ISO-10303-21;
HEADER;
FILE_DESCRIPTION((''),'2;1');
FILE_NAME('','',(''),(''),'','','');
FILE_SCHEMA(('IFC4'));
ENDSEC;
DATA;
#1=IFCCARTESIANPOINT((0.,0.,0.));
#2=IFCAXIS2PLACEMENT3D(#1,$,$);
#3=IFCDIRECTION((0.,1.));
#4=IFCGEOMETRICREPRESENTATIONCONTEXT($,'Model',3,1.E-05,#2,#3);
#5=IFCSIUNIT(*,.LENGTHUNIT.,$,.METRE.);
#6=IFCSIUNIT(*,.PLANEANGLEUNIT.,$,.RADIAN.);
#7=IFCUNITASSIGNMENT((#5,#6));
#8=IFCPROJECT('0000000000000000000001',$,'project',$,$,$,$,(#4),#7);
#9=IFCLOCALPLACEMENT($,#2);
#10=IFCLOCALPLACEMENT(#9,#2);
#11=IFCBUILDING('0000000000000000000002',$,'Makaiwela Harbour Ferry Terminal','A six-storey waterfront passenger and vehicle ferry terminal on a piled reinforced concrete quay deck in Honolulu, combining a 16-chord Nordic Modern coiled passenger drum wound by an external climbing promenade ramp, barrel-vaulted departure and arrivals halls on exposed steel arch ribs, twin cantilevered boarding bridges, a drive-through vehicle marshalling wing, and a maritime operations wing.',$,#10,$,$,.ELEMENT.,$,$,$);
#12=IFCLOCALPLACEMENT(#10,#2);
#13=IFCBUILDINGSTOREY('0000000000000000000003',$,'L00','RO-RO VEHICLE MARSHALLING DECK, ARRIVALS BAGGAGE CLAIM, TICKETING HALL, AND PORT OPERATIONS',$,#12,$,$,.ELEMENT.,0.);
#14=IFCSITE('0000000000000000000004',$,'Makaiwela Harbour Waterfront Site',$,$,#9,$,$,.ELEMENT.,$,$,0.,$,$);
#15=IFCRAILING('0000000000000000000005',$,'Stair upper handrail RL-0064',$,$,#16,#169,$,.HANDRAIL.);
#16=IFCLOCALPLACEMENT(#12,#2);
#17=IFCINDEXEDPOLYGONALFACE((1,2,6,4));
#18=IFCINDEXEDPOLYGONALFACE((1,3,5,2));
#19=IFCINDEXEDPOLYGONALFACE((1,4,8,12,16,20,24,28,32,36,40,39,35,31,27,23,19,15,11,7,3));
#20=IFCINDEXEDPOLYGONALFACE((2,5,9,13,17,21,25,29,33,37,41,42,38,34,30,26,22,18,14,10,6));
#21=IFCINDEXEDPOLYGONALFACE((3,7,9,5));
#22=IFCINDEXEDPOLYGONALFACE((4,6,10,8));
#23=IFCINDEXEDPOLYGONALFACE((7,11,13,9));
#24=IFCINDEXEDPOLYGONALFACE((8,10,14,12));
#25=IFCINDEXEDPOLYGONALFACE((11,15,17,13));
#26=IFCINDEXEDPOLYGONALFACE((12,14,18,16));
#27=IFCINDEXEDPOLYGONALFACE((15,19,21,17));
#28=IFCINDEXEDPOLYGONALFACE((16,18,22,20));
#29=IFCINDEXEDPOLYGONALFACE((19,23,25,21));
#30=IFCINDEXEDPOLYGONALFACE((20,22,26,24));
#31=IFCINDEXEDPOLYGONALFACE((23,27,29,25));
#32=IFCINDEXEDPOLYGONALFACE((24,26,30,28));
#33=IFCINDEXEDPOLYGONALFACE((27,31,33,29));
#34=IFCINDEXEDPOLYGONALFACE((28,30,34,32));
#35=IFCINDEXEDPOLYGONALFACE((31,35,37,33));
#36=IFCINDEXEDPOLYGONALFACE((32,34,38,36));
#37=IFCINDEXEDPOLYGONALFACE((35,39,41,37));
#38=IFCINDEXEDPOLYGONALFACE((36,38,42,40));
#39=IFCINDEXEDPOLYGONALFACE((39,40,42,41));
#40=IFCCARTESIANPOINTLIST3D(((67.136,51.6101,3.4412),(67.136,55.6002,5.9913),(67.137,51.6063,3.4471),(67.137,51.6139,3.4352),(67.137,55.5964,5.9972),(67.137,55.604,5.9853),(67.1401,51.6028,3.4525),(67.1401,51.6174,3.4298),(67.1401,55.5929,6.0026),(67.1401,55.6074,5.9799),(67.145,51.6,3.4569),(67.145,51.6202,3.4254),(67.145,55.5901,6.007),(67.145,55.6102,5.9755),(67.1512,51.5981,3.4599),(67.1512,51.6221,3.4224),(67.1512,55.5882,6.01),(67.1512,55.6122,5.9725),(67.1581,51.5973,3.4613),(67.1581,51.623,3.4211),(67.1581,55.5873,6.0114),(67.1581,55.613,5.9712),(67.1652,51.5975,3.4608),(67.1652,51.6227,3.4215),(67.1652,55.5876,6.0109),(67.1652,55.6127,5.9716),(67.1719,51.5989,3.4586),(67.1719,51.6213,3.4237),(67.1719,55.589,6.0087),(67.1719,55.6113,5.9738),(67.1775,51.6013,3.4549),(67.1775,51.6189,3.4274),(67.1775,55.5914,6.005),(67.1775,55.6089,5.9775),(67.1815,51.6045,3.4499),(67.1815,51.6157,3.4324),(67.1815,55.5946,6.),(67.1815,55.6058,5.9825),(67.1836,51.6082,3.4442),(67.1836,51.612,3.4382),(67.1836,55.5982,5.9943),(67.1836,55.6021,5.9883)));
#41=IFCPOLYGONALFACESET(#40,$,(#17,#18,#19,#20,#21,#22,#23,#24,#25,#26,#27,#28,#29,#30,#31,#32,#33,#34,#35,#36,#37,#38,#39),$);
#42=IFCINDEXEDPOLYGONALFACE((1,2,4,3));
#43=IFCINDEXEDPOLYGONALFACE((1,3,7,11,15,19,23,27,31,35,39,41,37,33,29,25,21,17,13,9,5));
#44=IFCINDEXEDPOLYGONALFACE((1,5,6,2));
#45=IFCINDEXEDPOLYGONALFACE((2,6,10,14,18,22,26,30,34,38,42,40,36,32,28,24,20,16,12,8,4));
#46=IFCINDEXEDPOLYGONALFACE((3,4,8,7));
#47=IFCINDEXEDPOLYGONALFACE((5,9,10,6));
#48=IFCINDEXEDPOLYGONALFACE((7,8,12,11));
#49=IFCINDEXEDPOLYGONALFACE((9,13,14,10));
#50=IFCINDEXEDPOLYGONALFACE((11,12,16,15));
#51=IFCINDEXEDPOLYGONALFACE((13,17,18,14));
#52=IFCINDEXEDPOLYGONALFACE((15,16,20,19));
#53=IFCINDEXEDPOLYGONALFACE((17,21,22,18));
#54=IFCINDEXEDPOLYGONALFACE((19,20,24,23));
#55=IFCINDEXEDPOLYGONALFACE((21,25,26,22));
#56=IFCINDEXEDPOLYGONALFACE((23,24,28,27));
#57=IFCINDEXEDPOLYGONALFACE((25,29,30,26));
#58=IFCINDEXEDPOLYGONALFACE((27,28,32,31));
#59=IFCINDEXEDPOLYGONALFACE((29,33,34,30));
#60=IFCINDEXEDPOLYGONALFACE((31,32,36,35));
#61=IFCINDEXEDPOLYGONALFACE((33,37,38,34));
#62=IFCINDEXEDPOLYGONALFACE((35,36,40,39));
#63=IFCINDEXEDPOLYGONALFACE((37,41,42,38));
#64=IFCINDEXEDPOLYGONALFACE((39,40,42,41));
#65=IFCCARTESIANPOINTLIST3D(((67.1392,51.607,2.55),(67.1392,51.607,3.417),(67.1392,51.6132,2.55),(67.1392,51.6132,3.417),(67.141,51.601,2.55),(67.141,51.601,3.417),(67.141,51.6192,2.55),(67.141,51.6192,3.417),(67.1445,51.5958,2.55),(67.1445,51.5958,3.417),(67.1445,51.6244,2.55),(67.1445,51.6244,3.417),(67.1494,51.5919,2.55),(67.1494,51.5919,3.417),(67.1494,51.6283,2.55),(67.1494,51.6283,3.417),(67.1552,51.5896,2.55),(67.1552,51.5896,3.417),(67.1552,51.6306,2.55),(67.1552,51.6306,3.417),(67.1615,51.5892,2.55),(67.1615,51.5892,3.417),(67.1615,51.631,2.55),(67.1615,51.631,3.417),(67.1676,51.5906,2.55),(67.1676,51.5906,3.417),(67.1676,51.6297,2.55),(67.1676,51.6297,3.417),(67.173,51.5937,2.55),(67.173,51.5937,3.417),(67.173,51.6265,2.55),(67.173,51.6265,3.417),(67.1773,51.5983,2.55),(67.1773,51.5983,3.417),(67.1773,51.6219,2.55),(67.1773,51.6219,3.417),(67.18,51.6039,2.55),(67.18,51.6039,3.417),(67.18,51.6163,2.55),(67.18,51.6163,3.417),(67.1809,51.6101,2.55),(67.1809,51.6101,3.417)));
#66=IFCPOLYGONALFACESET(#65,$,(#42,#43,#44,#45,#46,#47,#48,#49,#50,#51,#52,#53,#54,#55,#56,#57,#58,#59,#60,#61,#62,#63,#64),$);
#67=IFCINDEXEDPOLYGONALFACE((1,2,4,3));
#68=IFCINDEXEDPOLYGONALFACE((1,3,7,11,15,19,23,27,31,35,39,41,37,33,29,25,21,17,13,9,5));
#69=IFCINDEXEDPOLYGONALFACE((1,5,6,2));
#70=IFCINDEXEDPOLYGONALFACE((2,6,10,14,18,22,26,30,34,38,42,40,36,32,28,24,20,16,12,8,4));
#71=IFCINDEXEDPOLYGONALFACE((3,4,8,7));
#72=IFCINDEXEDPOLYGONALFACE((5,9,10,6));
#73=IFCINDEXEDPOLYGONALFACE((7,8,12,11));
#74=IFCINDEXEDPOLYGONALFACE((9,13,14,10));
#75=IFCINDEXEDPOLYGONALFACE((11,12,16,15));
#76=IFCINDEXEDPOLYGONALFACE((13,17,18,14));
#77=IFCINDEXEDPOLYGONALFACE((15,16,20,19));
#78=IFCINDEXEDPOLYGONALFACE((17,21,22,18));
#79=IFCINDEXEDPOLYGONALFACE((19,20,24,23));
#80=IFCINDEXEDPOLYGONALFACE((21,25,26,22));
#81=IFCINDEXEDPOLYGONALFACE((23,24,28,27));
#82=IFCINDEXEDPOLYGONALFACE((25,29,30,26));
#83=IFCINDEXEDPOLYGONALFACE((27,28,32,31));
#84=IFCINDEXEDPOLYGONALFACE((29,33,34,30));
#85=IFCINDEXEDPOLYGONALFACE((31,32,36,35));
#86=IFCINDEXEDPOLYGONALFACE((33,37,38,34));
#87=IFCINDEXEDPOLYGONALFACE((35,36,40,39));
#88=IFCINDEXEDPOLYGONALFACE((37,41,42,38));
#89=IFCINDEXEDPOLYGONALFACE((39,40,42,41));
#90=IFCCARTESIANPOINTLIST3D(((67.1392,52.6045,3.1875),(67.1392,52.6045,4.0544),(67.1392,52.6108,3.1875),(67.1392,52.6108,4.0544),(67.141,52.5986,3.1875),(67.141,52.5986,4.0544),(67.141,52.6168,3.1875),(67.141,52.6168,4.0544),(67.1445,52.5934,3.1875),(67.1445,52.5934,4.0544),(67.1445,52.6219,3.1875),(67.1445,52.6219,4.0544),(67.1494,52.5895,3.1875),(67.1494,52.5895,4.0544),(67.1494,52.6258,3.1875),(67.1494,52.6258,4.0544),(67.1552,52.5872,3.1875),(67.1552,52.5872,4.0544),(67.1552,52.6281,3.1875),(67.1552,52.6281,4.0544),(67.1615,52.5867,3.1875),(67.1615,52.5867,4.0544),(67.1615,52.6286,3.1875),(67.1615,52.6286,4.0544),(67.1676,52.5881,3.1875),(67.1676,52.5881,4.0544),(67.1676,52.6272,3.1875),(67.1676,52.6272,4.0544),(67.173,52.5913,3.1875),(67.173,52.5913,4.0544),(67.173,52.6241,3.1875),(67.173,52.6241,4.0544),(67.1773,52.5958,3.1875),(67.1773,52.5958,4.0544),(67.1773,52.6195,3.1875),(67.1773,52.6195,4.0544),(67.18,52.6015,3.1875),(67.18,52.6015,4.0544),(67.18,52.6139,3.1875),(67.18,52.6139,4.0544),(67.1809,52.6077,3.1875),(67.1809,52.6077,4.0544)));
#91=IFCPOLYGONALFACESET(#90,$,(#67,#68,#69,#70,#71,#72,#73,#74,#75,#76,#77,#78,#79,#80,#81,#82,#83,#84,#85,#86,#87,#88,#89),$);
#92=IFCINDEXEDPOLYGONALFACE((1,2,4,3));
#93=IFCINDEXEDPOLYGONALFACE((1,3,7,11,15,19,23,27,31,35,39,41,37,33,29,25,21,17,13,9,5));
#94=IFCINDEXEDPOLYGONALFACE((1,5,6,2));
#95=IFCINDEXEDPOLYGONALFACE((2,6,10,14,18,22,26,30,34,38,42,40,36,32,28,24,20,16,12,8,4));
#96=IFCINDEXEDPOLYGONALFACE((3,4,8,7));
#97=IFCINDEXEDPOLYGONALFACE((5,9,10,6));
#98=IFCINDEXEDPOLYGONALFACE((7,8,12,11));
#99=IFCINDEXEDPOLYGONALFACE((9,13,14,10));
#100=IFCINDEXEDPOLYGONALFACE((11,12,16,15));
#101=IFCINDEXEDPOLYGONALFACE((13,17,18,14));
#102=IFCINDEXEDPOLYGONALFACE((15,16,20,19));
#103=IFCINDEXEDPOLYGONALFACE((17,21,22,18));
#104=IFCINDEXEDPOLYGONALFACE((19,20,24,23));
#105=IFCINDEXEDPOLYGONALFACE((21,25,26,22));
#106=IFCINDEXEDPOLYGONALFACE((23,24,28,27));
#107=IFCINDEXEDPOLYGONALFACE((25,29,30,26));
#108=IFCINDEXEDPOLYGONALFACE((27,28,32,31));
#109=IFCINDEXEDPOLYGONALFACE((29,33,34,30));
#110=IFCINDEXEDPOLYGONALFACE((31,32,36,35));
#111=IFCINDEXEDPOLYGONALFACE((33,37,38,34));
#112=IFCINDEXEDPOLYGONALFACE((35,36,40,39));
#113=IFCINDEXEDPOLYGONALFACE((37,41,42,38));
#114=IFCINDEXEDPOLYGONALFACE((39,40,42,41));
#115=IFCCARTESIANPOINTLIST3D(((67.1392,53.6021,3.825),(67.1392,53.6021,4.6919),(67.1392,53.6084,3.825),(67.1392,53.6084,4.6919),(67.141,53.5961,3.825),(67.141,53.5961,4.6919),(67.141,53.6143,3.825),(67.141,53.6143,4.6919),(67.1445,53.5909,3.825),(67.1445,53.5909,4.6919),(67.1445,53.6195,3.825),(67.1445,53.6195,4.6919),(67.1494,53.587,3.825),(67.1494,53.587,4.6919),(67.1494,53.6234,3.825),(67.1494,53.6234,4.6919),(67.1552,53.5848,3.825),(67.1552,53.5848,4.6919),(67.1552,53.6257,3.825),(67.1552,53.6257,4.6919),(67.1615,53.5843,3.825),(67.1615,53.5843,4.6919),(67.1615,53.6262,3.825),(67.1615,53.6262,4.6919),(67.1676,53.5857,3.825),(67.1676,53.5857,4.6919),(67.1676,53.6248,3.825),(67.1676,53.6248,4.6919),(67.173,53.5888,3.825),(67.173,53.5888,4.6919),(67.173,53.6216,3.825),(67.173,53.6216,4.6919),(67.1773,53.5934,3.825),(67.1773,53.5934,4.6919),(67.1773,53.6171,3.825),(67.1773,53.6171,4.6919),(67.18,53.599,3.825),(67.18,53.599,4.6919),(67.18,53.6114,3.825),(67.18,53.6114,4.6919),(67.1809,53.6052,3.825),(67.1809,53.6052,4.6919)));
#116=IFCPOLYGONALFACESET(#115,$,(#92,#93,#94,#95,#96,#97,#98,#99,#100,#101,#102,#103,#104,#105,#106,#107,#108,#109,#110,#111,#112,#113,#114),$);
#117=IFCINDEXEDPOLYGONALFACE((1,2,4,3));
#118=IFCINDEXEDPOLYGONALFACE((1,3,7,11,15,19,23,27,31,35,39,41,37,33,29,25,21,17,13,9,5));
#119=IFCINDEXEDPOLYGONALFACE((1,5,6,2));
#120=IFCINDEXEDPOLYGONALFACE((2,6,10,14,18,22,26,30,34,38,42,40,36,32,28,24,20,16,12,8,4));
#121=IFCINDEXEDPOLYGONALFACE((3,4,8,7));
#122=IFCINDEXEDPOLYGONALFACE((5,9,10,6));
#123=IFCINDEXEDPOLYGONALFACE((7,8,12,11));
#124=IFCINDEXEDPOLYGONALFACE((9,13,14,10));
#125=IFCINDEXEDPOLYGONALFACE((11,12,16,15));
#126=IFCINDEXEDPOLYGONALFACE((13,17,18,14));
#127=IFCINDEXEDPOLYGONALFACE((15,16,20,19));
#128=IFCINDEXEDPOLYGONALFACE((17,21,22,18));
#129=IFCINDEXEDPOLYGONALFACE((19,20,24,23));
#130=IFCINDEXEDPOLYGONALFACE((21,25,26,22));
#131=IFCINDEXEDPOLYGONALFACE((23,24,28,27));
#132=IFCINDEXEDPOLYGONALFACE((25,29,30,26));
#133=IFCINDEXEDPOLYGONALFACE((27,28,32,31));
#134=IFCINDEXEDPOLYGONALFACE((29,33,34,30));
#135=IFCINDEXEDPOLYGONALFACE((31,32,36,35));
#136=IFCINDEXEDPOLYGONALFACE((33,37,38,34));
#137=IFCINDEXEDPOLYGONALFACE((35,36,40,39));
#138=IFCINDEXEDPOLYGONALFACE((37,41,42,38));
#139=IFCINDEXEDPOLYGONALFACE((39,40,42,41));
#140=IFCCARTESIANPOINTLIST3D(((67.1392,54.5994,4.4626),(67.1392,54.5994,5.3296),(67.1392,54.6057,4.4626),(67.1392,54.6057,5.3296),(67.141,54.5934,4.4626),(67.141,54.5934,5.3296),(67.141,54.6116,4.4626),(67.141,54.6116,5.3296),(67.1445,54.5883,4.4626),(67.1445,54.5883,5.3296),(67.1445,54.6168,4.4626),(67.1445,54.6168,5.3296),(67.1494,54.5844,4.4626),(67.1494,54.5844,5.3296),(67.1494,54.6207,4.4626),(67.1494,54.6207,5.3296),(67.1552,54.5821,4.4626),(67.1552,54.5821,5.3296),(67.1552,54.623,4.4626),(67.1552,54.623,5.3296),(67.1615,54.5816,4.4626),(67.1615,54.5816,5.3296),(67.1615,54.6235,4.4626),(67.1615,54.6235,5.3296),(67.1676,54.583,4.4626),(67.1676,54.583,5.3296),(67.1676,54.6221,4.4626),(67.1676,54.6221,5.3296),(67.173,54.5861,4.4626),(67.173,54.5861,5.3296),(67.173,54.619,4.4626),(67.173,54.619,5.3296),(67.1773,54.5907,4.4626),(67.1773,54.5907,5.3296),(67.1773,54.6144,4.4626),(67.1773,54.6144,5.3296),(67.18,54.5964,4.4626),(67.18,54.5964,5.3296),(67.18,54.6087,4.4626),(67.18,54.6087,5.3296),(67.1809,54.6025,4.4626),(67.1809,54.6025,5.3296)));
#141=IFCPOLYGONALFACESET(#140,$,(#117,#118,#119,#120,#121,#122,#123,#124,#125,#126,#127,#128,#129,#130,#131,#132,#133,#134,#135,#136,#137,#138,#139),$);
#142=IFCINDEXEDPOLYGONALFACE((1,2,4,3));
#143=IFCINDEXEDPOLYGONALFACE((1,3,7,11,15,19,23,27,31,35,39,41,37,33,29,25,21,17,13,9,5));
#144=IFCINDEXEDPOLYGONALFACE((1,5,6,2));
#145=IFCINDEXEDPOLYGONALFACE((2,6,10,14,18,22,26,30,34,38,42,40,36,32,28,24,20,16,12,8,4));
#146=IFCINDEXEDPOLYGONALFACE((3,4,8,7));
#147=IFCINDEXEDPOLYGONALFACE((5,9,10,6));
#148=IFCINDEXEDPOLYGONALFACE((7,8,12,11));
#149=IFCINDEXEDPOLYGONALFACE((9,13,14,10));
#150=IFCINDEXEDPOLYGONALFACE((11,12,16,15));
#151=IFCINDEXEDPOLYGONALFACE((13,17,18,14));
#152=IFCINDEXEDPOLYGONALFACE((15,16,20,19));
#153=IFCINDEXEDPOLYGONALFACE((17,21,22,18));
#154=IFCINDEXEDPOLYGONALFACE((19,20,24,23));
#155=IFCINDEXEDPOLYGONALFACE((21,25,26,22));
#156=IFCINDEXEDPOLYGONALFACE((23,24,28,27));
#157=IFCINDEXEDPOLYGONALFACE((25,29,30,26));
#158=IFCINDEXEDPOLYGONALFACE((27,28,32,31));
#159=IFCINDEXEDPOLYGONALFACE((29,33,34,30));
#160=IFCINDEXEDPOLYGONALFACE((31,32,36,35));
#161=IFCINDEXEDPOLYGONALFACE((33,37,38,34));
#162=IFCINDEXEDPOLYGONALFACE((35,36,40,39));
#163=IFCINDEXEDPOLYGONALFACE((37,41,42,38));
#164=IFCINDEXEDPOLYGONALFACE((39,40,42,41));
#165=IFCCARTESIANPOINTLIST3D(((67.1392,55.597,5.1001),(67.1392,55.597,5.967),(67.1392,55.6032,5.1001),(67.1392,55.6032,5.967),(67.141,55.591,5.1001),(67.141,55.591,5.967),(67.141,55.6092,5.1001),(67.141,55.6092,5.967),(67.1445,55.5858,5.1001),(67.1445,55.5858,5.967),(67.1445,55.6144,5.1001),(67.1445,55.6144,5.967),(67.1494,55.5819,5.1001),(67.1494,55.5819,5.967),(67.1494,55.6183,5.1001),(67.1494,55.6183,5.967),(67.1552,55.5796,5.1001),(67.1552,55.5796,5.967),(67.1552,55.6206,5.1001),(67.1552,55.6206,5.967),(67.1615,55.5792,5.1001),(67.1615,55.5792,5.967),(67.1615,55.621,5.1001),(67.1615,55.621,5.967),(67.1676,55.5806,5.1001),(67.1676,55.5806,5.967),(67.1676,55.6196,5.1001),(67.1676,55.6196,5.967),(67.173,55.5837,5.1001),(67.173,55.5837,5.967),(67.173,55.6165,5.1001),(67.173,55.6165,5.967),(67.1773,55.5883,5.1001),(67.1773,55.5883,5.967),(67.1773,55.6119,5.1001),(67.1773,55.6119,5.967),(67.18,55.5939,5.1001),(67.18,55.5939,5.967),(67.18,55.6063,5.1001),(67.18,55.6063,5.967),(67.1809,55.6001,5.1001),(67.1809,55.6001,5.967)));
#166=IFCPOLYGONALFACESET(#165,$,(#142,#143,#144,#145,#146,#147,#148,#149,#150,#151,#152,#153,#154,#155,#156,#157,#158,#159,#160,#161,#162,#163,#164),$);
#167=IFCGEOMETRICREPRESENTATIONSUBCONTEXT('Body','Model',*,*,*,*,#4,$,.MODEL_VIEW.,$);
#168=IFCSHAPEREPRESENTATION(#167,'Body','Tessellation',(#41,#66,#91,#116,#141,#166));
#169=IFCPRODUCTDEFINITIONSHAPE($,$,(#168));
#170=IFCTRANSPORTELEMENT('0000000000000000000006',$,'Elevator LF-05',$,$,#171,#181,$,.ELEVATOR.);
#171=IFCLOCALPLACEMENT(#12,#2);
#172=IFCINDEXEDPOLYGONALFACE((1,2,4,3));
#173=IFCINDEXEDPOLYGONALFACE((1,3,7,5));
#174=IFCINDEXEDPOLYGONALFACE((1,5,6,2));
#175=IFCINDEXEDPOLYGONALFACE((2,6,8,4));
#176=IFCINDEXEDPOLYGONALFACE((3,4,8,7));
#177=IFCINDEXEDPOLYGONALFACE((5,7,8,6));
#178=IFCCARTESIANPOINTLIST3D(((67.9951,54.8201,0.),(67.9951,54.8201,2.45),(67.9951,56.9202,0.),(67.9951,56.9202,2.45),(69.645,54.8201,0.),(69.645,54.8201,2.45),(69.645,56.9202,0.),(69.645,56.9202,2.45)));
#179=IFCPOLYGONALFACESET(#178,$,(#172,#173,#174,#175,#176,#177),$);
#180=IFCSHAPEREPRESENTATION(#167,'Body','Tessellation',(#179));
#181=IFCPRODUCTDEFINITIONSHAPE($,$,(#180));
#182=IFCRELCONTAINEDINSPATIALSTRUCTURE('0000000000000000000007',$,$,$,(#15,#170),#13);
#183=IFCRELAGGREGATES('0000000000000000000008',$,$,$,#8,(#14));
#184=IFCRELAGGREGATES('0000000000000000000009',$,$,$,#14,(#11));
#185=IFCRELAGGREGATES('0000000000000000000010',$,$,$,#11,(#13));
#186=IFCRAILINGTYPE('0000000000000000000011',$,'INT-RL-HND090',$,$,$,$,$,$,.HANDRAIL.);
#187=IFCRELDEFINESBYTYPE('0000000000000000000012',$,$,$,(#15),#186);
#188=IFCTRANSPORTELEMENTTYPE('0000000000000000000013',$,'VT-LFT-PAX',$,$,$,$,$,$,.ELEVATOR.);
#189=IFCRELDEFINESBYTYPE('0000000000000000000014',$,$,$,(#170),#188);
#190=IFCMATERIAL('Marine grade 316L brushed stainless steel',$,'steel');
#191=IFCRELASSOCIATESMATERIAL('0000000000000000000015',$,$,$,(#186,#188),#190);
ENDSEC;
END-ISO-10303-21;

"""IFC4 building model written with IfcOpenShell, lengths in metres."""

from ifc_helpers import new_model, si_unit, direction, frame, origin, origin_2d, place, context, subcontext, project, spatial, rectangle, circle, extrude, material, type_object, element, save


model = new_model("IFC4")

# Units and contexts
model_context = context("Model", 3, precision=1e-05, world=origin(), true_north=direction((0.0, 1.0)))
body_context = subcontext(model_context, "Body", "Model", "MODEL_VIEW")
ifc_project = project(units=[si_unit("LENGTHUNIT", "METRE"), si_unit("PLANEANGLEUNIT", "RADIAN")], contexts=[model_context])

# Site, building, storey
site_placement = place(None, origin())
site = spatial("IfcSite", under=ifc_project, at=site_placement, Name="Makaiwela Harbour Waterfront Site", CompositionType="ELEMENT", RefElevation=0.0)
building_placement = place(site_placement, origin())
building = spatial("IfcBuilding", under=site, at=building_placement, Name="Makaiwela Harbour Ferry Terminal", Description="A six-storey waterfront passenger and vehicle ferry terminal on a piled reinforced concrete quay deck in Honolulu, combining a 16-chord Nordic Modern coiled passenger drum wound by an external climbing promenade ramp, barrel-vaulted departure and arrivals halls on exposed steel arch ribs, twin cantilevered boarding bridges, a drive-through vehicle marshalling wing, and a maritime operations wing.", CompositionType="ELEMENT")
storey_placement = place(building_placement, origin())
storey = spatial("IfcBuildingStorey", under=building, at=storey_placement, Name="L00", Description="RO-RO VEHICLE MARSHALLING DECK, ARRIVALS BAGGAGE CLAIM, TICKETING HALL, AND PORT OPERATIONS", CompositionType="ELEMENT", Elevation=0.0)

# Railing
ifc_material_1 = material(Name="Marine grade 316L brushed stainless steel", Category="steel")
railing_type_1 = type_object("IfcRailingType", Name="INT-RL-HND090", PredefinedType="HANDRAIL", material=ifc_material_1)
railing_1_placement = place(storey_placement, frame((67.1599, 51.6101, 2.55)))
element("IfcRailing", 1, at=railing_1_placement, inside=storey, type_object=railing_type_1, Name="Stair upper handrail RL-0064", PredefinedType="HANDRAIL", context=body_context, shape_type="SweptSolid", body=[
    extrude(circle(Radius=0.0239, at=origin_2d()), frame((0.0, 0.0, 0.8911), z_axis=(0.0, 0.842611, 0.538523), x_axis=(-1.0, 0.0, 0.0)), (0.0, 0.0, 1.0), 4.7354),
    extrude(circle(Radius=0.021, at=origin_2d()), origin(), (0.0, 0.0, 1.0), 0.8669),
    extrude(circle(Radius=0.021, at=origin_2d()), frame((0.0, 0.9976, 0.6375)), (0.0, 0.0, 1.0), 0.8669),
    extrude(circle(Radius=0.021, at=origin_2d()), frame((0.0, 1.9951, 1.2749)), (0.0, 0.0, 1.0), 0.8669),
    extrude(circle(Radius=0.021, at=origin_2d()), frame((0.0, 2.9924, 1.9126)), (0.0, 0.0, 1.0), 0.8669),
    extrude(circle(Radius=0.021, at=origin_2d()), frame((0.0, 3.99, 2.55)), (0.0, 0.0, 1.0), 0.8669),
])

# Transport element
transport_element_type = type_object("IfcTransportElementType", Name="VT-LFT-PAX", PredefinedType="ELEVATOR", material=ifc_material_1)
transport_element_placement = place(storey_placement, frame((68.8201, 55.8701, 0.0), z_axis=(0.0, 0.0, 1.0), x_axis=(1.0, 0.0, 0.0)))
element("IfcTransportElement", 2, at=transport_element_placement, inside=storey, type_object=transport_element_type, Name="Elevator LF-05", PredefinedType="ELEVATOR", context=body_context, shape_type="SweptSolid", body=[
    extrude(rectangle(XDim=1.6499, YDim=2.1001, at=origin_2d()), origin(), (0.0, 0.0, 1.0), 2.45),
])

save(model, "model.ifc")
